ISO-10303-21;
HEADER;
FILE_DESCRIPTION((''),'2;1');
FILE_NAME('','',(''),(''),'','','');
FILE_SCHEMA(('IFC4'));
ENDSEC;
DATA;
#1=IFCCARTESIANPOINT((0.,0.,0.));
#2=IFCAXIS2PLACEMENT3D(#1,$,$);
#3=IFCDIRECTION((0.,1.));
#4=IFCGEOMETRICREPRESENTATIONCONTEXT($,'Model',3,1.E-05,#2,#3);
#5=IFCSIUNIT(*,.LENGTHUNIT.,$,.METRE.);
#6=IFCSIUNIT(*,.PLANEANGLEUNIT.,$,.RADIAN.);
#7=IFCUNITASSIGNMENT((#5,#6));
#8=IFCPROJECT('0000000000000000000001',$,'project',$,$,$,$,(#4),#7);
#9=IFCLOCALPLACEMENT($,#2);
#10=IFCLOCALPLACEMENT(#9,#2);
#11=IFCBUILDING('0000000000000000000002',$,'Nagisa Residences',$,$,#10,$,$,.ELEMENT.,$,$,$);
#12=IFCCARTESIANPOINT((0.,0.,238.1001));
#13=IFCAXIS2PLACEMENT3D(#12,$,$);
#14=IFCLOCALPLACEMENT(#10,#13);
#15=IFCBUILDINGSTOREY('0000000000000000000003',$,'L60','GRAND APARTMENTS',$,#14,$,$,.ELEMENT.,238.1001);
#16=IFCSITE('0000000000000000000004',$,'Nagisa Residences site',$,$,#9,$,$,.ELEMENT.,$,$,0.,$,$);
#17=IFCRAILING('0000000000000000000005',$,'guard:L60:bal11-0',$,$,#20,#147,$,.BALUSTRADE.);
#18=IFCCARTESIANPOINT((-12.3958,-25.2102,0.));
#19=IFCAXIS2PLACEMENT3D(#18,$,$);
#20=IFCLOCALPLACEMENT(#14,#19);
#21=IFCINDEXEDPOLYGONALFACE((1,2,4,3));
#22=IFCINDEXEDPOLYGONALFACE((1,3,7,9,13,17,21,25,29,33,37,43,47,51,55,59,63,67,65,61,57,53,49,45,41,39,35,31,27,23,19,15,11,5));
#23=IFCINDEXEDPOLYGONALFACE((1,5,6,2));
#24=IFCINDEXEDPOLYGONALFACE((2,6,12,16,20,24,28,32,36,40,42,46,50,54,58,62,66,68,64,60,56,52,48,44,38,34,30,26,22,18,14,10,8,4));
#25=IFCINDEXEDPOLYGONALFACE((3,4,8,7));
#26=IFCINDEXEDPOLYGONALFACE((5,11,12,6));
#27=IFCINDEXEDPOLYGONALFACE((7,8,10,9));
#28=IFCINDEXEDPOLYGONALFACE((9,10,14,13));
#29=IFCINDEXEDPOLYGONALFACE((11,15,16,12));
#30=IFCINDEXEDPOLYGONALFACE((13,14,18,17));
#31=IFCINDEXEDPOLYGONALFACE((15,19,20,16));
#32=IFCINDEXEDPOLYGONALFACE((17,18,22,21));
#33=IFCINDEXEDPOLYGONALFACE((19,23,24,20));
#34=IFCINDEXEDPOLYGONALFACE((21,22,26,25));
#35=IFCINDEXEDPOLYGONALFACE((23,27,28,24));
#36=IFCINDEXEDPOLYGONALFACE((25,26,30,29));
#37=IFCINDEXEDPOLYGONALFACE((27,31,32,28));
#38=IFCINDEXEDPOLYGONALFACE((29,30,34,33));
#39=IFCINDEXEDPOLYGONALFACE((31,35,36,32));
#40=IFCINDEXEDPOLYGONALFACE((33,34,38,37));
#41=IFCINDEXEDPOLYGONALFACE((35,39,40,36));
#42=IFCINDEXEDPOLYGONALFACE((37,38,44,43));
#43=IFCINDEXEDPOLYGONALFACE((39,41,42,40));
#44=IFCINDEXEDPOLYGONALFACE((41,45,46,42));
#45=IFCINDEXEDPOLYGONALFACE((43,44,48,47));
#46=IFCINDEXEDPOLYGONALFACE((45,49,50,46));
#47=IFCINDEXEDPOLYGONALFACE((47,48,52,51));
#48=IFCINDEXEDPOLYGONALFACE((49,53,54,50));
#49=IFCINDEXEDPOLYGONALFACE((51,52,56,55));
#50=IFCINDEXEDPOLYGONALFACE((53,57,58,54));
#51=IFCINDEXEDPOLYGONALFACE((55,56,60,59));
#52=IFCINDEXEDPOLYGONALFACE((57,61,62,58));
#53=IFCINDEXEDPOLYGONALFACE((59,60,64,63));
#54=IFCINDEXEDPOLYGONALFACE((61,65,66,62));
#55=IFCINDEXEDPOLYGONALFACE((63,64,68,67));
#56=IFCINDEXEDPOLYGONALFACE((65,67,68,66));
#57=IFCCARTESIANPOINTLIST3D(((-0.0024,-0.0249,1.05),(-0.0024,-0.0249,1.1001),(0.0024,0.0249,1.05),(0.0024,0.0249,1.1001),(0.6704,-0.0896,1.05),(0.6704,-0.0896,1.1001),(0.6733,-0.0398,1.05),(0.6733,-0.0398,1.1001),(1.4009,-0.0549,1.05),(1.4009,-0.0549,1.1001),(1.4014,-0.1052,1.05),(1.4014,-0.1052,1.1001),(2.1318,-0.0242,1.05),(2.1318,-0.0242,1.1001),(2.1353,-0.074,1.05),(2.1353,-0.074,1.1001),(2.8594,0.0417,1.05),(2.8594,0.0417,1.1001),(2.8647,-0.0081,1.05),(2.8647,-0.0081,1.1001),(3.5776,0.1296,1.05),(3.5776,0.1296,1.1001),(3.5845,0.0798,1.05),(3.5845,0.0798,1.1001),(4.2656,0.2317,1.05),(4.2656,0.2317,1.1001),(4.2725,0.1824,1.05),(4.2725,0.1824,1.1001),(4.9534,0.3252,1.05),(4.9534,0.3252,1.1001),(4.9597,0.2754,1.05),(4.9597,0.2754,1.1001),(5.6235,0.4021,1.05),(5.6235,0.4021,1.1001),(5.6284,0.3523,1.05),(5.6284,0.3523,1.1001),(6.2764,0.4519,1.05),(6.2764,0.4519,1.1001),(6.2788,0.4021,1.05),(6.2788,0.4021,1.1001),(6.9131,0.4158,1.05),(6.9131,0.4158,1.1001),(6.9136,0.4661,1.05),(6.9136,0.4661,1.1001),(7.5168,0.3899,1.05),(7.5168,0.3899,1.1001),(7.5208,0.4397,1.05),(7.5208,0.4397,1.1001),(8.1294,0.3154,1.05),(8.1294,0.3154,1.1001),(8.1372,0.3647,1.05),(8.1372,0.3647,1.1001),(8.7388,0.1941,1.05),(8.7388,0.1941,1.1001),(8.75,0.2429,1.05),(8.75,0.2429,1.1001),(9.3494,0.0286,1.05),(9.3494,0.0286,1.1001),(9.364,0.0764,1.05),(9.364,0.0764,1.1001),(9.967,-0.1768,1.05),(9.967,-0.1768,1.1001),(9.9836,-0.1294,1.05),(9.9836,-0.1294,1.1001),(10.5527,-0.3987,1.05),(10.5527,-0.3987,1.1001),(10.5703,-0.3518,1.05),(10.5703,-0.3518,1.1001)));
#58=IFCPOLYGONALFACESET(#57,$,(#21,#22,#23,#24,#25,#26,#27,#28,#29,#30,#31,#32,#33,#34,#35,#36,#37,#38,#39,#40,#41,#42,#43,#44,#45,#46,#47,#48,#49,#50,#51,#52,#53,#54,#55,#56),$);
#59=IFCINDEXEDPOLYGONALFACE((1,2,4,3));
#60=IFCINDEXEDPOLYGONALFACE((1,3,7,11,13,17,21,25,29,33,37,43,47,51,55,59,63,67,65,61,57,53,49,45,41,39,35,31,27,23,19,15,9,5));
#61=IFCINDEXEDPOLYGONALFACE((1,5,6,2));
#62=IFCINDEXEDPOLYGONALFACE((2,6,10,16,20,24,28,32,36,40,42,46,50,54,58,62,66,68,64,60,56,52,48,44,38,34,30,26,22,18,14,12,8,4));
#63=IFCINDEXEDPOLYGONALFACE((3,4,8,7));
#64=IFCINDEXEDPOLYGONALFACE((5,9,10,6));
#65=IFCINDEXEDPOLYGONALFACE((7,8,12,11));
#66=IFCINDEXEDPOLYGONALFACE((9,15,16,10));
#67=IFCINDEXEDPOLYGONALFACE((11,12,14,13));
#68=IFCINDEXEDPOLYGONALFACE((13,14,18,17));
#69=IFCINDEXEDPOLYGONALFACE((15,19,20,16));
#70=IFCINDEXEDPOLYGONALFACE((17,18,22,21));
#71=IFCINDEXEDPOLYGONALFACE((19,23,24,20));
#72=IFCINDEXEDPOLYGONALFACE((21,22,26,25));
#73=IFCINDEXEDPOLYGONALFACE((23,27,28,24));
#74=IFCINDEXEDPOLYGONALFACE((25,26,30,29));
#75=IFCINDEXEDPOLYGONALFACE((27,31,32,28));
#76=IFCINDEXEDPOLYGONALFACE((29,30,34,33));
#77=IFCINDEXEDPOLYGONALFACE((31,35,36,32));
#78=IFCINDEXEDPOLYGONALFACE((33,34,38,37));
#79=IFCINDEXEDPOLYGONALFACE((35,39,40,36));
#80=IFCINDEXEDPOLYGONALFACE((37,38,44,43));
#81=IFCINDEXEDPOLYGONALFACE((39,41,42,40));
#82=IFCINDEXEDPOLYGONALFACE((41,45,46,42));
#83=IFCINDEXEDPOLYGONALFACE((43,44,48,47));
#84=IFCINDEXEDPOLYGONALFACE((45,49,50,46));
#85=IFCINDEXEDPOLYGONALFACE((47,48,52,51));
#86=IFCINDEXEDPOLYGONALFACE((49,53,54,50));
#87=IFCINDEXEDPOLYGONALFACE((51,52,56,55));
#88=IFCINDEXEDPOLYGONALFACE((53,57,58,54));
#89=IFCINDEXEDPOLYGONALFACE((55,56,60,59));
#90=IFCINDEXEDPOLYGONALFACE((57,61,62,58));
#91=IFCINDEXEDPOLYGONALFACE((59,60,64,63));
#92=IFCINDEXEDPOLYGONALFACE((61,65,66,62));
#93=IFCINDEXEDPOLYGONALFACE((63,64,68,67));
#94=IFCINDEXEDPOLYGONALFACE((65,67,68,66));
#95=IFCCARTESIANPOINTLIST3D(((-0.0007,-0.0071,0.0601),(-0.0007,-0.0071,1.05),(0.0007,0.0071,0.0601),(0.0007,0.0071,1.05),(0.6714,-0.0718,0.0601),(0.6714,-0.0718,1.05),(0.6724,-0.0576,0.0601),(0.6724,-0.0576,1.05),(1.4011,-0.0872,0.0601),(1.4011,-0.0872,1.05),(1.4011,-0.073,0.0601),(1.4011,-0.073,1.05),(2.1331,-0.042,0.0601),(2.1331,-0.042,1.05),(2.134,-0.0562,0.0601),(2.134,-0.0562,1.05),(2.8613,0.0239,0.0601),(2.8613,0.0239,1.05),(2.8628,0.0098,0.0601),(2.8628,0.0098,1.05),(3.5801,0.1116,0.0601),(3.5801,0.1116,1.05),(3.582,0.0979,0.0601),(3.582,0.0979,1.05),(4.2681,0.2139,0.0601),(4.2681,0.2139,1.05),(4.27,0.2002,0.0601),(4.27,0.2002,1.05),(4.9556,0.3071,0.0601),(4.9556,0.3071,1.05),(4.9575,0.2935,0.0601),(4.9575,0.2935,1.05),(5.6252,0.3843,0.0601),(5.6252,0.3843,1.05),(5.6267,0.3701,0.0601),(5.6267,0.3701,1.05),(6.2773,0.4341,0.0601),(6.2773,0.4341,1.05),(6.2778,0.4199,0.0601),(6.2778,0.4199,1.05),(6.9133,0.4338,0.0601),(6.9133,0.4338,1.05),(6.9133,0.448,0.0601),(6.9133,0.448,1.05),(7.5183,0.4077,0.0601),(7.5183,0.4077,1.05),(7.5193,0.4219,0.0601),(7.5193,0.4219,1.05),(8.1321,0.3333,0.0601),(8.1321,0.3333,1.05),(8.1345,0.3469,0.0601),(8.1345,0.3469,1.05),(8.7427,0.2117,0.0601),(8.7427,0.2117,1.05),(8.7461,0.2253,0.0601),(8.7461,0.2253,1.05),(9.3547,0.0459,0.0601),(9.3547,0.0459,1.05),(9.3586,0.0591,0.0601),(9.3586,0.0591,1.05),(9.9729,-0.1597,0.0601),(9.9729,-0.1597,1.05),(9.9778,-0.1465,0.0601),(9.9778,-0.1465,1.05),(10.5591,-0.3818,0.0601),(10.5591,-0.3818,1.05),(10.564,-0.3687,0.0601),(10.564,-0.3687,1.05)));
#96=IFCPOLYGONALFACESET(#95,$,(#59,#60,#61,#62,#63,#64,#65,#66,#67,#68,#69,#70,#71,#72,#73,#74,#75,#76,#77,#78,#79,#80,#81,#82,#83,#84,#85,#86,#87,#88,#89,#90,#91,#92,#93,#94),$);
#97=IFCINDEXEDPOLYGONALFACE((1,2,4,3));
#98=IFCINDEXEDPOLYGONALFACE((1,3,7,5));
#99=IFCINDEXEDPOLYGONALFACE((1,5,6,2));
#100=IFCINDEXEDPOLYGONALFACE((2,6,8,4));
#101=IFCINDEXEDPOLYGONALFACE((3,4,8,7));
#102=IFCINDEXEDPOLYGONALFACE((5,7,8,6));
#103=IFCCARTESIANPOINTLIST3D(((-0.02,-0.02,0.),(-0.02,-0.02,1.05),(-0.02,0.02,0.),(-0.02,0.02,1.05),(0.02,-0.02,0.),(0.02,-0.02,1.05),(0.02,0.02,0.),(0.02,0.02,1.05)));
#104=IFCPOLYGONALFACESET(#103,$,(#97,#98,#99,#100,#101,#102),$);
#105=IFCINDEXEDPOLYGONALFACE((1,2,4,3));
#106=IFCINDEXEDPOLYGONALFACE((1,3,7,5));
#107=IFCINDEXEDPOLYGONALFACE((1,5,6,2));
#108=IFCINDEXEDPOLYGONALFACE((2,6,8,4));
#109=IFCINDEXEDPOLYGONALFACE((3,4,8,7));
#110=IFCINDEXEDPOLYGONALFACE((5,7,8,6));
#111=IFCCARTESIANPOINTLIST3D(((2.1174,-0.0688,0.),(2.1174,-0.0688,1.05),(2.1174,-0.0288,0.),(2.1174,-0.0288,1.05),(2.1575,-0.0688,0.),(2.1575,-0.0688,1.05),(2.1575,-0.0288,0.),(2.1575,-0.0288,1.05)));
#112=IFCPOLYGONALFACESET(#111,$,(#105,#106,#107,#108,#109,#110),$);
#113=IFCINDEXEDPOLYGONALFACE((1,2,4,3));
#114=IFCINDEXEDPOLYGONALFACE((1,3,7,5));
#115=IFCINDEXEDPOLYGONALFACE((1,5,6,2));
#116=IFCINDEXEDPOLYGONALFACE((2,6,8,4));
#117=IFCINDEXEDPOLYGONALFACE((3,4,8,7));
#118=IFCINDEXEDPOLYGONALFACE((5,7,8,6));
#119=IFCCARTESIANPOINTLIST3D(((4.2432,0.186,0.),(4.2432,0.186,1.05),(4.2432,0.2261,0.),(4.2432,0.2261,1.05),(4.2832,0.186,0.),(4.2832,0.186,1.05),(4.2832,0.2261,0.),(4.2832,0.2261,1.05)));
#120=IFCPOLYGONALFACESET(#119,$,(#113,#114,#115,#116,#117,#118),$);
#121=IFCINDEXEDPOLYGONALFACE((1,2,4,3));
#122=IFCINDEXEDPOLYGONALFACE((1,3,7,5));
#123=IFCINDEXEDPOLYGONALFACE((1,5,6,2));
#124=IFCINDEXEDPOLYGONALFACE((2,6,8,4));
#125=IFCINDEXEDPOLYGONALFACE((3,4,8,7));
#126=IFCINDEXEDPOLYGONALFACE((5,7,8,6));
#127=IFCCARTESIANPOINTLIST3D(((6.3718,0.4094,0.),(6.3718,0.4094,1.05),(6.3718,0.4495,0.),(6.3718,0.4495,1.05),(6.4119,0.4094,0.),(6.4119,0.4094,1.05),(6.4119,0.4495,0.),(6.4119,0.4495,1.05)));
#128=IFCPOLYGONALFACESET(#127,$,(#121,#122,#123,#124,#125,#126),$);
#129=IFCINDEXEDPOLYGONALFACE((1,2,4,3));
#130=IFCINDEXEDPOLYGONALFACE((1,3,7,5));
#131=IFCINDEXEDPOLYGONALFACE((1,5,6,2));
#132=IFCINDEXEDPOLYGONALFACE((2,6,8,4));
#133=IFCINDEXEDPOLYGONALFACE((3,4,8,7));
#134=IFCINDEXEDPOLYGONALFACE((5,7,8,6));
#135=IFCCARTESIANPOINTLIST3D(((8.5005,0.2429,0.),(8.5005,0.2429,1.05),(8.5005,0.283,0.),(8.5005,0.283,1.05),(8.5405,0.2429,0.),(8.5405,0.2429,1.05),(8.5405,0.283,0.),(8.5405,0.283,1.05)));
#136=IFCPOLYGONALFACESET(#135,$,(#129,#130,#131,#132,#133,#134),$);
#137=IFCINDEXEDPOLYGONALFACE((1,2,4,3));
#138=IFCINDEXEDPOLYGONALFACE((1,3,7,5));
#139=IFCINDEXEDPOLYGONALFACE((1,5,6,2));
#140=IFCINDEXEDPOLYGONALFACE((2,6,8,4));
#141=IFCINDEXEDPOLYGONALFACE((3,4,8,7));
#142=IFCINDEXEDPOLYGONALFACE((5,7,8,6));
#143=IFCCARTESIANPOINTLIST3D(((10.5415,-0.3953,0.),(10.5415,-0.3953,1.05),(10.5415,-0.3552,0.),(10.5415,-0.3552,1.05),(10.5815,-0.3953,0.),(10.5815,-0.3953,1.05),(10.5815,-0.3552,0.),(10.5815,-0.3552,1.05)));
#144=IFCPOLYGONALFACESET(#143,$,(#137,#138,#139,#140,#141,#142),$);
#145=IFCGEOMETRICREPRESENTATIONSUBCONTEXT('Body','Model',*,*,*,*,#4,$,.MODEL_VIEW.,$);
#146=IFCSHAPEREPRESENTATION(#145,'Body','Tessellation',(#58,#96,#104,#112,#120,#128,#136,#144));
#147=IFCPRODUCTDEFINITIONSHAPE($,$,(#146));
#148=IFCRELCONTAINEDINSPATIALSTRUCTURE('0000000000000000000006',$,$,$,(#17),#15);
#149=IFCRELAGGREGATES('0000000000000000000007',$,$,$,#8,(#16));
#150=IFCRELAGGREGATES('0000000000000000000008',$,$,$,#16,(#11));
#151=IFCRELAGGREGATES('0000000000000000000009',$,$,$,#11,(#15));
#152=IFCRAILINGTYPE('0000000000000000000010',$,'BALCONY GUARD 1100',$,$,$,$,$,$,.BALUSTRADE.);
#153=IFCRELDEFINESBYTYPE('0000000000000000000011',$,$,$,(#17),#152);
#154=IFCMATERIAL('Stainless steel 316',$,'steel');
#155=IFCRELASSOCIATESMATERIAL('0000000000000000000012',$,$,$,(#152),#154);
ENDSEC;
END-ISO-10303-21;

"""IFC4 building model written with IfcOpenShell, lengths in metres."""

from ifc_helpers import new_model, si_unit, direction, frame, origin, origin_2d, place, context, subcontext, project, spatial, polyline, rectangle, outline, extrude, material, type_object, element, save


model = new_model("IFC4")

# Units and contexts
model_context = context("Model", 3, precision=1e-05, world=origin(), true_north=direction((0.0, 1.0)))
body_context = subcontext(model_context, "Body", "Model", "MODEL_VIEW")
ifc_project = project(units=[si_unit("LENGTHUNIT", "METRE"), si_unit("PLANEANGLEUNIT", "RADIAN")], contexts=[model_context])

# Site, building, storey
site_placement = place(None, origin())
site = spatial("IfcSite", under=ifc_project, at=site_placement, Name="Nagisa Residences site", CompositionType="ELEMENT", RefElevation=0.0)
building_placement = place(site_placement, origin())
building = spatial("IfcBuilding", under=site, at=building_placement, Name="Nagisa Residences", CompositionType="ELEMENT")
storey_placement = place(building_placement, frame((0.0, 0.0, 238.1001)))
storey = spatial("IfcBuildingStorey", under=building, at=storey_placement, Name="L60", Description="GRAND APARTMENTS", CompositionType="ELEMENT", Elevation=238.1001)

# Railing
ifc_material_1 = material(Name="Stainless steel 316", Category="steel")
railing_type = type_object("IfcRailingType", Name="BALCONY GUARD 1100", PredefinedType="BALUSTRADE", material=ifc_material_1)
railing_1_placement = place(storey_placement, frame((-12.3958, -25.2102, 0.0)))
element("IfcRailing", 1, at=railing_1_placement, inside=storey, type_object=railing_type, Name="guard:L60:bal11-0", PredefinedType="BALUSTRADE", context=body_context, shape_type="SweptSolid", body=[
    extrude(outline(polyline([(0.6733, -0.0398), (0.0024, 0.0249), (-0.0024, -0.0249), (0.6704, -0.0896), (1.4014, -0.1052), (2.1353, -0.074), (2.8647, -0.0081), (3.5845, 0.0798), (4.2725, 0.1824), (4.9597, 0.2754), (5.6284, 0.3523), (6.2788, 0.4021), (6.9131, 0.4158), (7.5168, 0.3899), (8.1294, 0.3154), (8.7388, 0.1941), (9.3494, 0.0286), (9.967, -0.1768), (10.5527, -0.3987), (10.5703, -0.3518), (9.9836, -0.1294), (9.364, 0.0764), (8.75, 0.2429), (8.1372, 0.3647), (7.5208, 0.4397), (6.9136, 0.4661), (6.2764, 0.4519), (5.6235, 0.4021), (4.9534, 0.3252), (4.2656, 0.2317), (3.5776, 0.1296), (2.8594, 0.0417), (2.1318, -0.0242), (1.4009, -0.0549), (0.6733, -0.0398)])), frame((0.0, 0.0, 1.05)), (0.0, 0.0, 1.0), 0.05),
    extrude(outline(polyline([(0.6724, -0.0576), (0.0007, 0.0071), (-0.0007, -0.0071), (0.6714, -0.0718), (1.4011, -0.0872), (2.134, -0.0562), (2.8628, 0.0098), (3.582, 0.0979), (4.27, 0.2002), (4.9575, 0.2935), (5.6267, 0.3701), (6.2778, 0.4199), (6.9133, 0.4338), (7.5183, 0.4077), (8.1321, 0.3333), (8.7427, 0.2117), (9.3547, 0.0459), (9.9729, -0.1597), (10.5591, -0.3818), (10.564, -0.3687), (9.9778, -0.1465), (9.3586, 0.0591), (8.7461, 0.2253), (8.1345, 0.3469), (7.5193, 0.4219), (6.9133, 0.448), (6.2773, 0.4341), (5.6252, 0.3843), (4.9556, 0.3071), (4.2681, 0.2139), (3.5801, 0.1116), (2.8613, 0.0239), (2.1331, -0.042), (1.4011, -0.073), (0.6724, -0.0576)])), frame((0.0, 0.0, 0.0601)), (0.0, 0.0, 1.0), 0.99),
    extrude(rectangle(XDim=0.04, YDim=0.04, at=origin_2d()), origin(), (0.0, 0.0, 1.0), 1.05),
    extrude(rectangle(XDim=0.04, YDim=0.04, at=origin_2d()), frame((2.1375, -0.0488, 0.0)), (0.0, 0.0, 1.0), 1.05),
    extrude(rectangle(XDim=0.04, YDim=0.04, at=origin_2d()), frame((4.2632, 0.2061, 0.0)), (0.0, 0.0, 1.0), 1.05),
    extrude(rectangle(XDim=0.04, YDim=0.04, at=origin_2d()), frame((6.3918, 0.4294, 0.0)), (0.0, 0.0, 1.0), 1.05),
    extrude(rectangle(XDim=0.04, YDim=0.04, at=origin_2d()), frame((8.5205, 0.2629, 0.0)), (0.0, 0.0, 1.0), 1.05),
    extrude(rectangle(XDim=0.04, YDim=0.04, at=origin_2d()), frame((10.5615, -0.3752, 0.0)), (0.0, 0.0, 1.0), 1.05),
])

save(model, "model.ifc")
